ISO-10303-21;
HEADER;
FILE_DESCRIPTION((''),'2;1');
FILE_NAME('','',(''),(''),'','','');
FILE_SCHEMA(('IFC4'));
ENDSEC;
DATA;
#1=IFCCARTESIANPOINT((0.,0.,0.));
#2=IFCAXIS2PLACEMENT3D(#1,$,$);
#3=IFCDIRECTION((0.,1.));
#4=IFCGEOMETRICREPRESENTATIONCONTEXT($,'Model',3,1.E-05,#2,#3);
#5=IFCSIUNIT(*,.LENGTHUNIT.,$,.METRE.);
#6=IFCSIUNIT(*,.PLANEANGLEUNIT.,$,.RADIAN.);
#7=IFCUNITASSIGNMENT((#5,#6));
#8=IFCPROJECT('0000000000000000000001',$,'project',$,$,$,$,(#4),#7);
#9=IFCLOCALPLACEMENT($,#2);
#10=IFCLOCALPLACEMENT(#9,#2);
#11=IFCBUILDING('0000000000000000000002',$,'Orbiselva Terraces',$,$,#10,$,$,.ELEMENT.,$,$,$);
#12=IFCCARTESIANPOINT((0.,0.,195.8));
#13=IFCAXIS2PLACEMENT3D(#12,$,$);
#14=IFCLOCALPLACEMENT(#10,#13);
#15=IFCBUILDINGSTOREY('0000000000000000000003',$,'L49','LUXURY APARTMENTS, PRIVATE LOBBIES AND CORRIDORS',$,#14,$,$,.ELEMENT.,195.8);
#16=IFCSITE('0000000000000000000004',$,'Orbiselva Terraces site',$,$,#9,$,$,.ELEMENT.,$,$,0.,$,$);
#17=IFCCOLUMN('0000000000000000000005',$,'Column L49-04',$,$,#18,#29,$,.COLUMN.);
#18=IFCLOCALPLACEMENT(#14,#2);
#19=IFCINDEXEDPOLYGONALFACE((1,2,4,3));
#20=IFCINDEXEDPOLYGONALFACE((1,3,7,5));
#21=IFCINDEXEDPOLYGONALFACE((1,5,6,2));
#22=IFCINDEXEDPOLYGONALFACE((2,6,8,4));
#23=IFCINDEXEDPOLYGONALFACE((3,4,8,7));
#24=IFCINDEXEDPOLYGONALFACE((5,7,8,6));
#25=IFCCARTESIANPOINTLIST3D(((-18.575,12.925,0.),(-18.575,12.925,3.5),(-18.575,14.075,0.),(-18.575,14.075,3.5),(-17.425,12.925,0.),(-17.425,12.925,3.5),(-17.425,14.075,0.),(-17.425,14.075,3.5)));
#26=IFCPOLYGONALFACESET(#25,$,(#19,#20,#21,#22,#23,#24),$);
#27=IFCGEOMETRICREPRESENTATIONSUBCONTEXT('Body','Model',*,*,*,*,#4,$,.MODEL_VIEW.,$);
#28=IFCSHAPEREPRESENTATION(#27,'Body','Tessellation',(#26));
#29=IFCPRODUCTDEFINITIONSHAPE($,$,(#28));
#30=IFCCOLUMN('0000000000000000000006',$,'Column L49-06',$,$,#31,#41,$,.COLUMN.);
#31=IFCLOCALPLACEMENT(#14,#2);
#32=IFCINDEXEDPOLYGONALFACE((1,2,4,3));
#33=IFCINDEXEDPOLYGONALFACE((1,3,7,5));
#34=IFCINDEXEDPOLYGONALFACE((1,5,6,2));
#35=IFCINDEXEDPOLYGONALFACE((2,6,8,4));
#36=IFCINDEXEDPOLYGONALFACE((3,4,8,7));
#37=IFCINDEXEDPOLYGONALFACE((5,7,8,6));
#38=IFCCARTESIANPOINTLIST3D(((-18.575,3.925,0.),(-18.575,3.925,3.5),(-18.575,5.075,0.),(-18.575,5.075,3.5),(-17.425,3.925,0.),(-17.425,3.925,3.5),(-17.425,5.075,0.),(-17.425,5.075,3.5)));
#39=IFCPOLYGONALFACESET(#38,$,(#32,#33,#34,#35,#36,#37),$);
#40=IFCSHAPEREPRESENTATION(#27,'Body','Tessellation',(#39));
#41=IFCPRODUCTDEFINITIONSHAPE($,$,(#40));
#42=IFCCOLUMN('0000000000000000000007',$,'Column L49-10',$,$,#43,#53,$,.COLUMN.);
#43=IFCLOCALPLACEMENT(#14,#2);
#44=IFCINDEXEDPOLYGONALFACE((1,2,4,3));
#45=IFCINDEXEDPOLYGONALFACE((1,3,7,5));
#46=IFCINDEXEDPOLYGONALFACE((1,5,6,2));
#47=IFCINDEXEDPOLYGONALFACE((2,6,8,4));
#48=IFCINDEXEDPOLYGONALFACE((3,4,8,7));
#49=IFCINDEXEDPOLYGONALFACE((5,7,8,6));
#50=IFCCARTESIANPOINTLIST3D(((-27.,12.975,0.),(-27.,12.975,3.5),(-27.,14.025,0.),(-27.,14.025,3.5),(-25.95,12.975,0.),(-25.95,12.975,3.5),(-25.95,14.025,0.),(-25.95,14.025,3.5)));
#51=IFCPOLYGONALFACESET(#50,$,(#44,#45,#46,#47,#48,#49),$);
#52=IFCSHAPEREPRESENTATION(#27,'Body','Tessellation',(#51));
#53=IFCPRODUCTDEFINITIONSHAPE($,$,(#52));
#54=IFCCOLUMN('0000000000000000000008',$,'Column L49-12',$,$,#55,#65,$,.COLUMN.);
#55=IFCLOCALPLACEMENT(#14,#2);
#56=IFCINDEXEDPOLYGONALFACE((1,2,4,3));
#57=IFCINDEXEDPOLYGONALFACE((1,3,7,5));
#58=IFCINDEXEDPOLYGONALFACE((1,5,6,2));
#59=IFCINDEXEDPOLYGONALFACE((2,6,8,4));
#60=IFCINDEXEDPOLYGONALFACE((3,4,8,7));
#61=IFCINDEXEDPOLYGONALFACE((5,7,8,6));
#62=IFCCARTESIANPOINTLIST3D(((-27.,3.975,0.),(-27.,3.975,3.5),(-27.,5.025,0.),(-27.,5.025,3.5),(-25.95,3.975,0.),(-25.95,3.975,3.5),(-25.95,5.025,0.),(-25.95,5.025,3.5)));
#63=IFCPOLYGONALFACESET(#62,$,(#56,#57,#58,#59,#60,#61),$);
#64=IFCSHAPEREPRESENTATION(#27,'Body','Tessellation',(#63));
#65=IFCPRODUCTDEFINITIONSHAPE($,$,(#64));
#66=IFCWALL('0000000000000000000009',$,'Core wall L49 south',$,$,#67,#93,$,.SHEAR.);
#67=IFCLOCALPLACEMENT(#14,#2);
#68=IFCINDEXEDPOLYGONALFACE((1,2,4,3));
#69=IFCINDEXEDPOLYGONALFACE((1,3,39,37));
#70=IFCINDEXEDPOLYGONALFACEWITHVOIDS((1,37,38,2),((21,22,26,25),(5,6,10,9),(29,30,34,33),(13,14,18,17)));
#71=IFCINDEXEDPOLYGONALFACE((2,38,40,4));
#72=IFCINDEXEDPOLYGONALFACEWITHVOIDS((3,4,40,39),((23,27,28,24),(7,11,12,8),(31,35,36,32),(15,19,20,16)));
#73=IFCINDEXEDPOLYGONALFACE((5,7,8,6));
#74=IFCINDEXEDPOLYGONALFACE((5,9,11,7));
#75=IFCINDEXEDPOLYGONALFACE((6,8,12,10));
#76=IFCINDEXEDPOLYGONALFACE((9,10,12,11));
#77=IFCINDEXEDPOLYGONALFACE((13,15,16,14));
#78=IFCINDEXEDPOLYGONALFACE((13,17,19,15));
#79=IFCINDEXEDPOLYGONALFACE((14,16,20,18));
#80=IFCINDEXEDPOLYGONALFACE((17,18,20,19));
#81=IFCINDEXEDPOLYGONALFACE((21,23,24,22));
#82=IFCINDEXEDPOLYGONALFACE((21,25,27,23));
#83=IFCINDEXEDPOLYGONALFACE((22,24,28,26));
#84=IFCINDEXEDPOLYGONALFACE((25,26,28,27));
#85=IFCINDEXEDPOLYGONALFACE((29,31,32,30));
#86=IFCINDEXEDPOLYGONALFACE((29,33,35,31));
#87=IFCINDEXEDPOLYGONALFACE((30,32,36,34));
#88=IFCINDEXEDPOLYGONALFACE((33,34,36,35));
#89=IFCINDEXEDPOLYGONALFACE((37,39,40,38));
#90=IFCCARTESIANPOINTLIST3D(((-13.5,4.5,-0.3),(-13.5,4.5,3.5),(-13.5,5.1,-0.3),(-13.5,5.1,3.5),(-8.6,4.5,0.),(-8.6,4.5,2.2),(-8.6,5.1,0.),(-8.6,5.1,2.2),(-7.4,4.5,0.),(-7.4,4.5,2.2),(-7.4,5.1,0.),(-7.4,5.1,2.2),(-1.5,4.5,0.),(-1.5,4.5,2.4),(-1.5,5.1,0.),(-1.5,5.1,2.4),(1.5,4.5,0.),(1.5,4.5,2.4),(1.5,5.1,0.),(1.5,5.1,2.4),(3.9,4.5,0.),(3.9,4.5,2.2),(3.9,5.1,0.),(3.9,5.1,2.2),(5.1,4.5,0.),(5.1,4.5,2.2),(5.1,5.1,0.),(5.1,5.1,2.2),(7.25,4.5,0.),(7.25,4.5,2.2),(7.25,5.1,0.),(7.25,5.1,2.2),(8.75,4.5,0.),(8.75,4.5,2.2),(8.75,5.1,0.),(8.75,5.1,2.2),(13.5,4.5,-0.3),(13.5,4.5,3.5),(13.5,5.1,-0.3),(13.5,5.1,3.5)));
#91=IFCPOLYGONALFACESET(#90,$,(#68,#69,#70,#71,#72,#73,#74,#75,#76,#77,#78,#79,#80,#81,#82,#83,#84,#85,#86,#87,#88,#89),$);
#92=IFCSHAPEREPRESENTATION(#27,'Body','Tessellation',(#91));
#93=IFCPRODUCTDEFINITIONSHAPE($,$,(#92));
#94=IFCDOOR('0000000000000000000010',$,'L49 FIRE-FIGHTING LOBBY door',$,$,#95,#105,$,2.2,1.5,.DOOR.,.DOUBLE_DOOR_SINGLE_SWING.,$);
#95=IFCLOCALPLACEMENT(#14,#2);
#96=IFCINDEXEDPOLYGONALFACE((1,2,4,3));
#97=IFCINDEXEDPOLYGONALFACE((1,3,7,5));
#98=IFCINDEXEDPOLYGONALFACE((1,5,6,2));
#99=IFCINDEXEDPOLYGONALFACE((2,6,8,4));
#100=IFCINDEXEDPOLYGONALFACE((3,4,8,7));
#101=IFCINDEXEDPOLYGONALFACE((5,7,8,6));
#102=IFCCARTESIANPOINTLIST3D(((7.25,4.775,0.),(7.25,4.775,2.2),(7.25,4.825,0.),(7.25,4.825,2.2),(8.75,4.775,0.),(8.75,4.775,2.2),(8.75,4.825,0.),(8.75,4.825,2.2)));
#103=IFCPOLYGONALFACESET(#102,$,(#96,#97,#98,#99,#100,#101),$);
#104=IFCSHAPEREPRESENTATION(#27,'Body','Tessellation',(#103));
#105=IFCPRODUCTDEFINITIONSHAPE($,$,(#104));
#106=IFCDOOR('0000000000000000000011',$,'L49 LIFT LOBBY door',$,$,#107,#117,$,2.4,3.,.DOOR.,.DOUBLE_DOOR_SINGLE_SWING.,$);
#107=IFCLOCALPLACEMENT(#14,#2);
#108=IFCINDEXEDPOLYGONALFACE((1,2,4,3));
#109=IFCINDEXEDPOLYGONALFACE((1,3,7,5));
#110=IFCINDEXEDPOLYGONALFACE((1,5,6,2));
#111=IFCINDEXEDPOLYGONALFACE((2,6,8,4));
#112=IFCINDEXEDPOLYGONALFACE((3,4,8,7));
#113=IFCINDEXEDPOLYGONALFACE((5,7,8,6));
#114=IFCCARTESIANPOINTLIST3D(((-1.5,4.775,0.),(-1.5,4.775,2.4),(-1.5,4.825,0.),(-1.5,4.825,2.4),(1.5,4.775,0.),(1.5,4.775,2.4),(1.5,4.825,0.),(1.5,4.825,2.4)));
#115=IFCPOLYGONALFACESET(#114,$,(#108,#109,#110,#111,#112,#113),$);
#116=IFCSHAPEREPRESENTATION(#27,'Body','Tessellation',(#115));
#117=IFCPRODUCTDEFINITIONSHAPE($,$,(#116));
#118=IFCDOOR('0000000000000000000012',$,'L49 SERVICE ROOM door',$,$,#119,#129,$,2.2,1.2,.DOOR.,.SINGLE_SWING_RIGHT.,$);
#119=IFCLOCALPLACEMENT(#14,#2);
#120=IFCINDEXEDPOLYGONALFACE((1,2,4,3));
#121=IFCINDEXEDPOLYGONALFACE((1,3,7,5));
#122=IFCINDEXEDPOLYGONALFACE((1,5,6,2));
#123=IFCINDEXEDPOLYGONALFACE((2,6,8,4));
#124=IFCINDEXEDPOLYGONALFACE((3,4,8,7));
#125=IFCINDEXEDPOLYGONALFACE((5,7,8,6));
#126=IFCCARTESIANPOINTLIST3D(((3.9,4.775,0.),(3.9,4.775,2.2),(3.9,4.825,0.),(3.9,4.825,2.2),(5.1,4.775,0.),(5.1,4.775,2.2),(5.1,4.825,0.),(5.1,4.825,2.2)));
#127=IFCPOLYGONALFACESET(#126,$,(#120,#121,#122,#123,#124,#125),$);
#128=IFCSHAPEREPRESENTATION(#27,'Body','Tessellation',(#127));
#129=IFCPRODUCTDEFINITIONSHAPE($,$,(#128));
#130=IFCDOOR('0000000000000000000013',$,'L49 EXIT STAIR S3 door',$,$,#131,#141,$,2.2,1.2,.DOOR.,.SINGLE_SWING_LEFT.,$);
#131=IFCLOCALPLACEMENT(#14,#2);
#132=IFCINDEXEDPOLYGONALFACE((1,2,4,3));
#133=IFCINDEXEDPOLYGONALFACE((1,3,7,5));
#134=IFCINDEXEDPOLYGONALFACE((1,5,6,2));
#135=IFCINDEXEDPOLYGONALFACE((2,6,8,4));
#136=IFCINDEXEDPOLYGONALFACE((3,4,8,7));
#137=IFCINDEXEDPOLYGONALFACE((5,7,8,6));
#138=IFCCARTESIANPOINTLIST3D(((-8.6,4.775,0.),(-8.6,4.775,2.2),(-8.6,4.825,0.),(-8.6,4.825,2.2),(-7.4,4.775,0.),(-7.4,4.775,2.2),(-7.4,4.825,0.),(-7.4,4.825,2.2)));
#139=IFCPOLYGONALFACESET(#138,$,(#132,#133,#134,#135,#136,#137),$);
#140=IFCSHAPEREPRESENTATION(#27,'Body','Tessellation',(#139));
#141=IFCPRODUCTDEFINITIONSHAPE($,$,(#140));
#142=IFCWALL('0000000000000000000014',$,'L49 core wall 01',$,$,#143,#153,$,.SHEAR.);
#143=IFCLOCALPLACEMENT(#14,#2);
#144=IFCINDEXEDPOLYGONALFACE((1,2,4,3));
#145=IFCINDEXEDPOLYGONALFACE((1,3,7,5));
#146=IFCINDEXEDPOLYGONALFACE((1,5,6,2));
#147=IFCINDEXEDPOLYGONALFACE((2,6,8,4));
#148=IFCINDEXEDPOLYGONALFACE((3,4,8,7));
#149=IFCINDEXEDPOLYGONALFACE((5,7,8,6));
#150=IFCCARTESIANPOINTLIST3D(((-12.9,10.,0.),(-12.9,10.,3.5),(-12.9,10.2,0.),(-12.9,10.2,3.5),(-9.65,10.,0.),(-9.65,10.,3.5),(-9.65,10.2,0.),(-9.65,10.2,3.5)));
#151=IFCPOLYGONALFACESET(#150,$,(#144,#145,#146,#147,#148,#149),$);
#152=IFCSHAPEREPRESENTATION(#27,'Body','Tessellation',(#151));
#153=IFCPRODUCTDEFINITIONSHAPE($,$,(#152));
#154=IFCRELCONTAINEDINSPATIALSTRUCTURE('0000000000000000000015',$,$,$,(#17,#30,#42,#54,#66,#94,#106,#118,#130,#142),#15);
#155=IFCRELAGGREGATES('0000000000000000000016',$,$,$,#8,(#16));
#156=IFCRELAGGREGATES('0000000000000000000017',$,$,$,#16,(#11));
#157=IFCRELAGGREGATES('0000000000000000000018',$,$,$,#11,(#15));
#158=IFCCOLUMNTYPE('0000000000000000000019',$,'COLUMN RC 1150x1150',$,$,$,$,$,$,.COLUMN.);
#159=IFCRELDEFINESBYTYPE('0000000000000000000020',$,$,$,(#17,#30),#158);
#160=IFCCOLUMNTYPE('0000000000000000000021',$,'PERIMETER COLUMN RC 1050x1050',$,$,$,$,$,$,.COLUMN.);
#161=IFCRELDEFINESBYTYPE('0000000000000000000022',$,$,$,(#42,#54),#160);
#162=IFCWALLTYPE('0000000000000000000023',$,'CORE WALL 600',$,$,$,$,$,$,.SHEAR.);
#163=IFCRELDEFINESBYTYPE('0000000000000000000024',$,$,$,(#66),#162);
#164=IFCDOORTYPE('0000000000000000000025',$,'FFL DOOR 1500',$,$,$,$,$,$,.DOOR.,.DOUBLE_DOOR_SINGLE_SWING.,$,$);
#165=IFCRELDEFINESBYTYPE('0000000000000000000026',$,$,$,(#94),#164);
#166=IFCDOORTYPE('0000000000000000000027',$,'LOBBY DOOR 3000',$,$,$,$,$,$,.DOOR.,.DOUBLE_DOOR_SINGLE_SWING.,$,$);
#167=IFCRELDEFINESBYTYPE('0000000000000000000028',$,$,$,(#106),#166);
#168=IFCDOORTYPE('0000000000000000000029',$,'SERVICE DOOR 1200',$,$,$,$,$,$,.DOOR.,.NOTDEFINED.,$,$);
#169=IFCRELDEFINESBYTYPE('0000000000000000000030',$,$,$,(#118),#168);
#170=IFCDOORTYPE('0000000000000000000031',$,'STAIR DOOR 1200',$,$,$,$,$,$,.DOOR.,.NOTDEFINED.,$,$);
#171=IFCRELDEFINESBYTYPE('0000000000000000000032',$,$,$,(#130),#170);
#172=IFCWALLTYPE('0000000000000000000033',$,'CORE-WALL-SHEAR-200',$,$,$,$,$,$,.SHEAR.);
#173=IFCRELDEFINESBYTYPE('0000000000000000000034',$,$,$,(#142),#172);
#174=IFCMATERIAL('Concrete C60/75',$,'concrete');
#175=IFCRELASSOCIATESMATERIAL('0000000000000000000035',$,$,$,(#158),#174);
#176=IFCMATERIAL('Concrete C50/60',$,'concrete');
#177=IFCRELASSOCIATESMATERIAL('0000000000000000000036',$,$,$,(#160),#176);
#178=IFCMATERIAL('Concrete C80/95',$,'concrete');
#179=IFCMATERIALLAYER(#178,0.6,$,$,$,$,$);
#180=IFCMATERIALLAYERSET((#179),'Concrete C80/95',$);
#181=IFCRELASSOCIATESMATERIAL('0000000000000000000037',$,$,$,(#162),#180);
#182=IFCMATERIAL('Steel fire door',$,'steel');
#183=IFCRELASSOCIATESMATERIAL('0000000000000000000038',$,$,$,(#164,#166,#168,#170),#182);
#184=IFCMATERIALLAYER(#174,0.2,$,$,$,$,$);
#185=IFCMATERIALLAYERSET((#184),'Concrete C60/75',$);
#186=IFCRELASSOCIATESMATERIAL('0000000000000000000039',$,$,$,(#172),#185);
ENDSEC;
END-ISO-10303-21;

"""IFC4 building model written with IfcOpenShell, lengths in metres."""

from ifc_helpers import new_model, si_unit, direction, frame, frame_2d, origin, origin_2d, place, context, subcontext, project, spatial, rectangle, extrude, material, layer, layer_set, material_profile, profile_set, type_object, element, fill, save


model = new_model("IFC4")

# Units and contexts
model_context = context("Model", 3, precision=1e-05, world=origin(), true_north=direction((0.0, 1.0)))
body_context = subcontext(model_context, "Body", "Model", "MODEL_VIEW")
ifc_project = project(units=[si_unit("LENGTHUNIT", "METRE"), si_unit("PLANEANGLEUNIT", "RADIAN")], contexts=[model_context])

# Site, building, storey
site_placement = place(None, origin())
site = spatial("IfcSite", under=ifc_project, at=site_placement, Name="Orbiselva Terraces site", CompositionType="ELEMENT", RefElevation=0.0)
building_placement = place(site_placement, origin())
building = spatial("IfcBuilding", under=site, at=building_placement, Name="Orbiselva Terraces", CompositionType="ELEMENT")
storey_placement = place(building_placement, frame((0.0, 0.0, 195.8)))
storey = spatial("IfcBuildingStorey", under=building, at=storey_placement, Name="L49", Description="LUXURY APARTMENTS, PRIVATE LOBBIES AND CORRIDORS", CompositionType="ELEMENT", Elevation=195.8)

# Columns
ifc_material_1 = material(Name="Concrete C60/75", Category="concrete")
ifc_material_profile_1 = material_profile(ifc_material_1, rectangle(XDim=1.15, YDim=1.15, at=origin_2d()), Name="RC 1150x1150")
ifc_profile_set_1 = profile_set([ifc_material_profile_1], Name="Concrete C60/75")
column_type_1 = type_object("IfcColumnType", Name="COLUMN RC 1150x1150", PredefinedType="COLUMN", material=ifc_profile_set_1)
for number, where, z_axis, x_axis, name in (
    (1, (-18.0, 13.5, 0.0), (0.0, 0.0, 1.0), (1.0, 0.0, 0.0), "Column L49-04"),
    (2, (-18.0, 4.5, 0.0), (0.0, 0.0, 1.0), (1.0, 0.0, 0.0), "Column L49-06"),
):
    element("IfcColumn", number, at=place(storey_placement, frame(where, z_axis=z_axis, x_axis=x_axis)), inside=storey, type_object=column_type_1, Name=name, PredefinedType="COLUMN", context=body_context, shape_type="SweptSolid", body=[
        extrude(rectangle(XDim=1.15, YDim=1.15, at=origin_2d()), origin(), (0.0, 0.0, 1.0), 3.5),
    ])
ifc_material_2 = material(Name="Concrete C50/60", Category="concrete")
ifc_material_profile_2 = material_profile(ifc_material_2, rectangle(XDim=1.05, YDim=1.05, at=origin_2d()), Name="RC 1050x1050")
ifc_profile_set_2 = profile_set([ifc_material_profile_2], Name="Concrete C50/60")
column_type_2 = type_object("IfcColumnType", Name="PERIMETER COLUMN RC 1050x1050", PredefinedType="COLUMN", material=ifc_profile_set_2)
for number, where, z_axis, x_axis, name in (
    (3, (-26.475, 13.5, 0.0), (0.0, 0.0, 1.0), (1.0, 0.0, 0.0), "Column L49-10"),
    (4, (-26.475, 4.5, 0.0), (0.0, 0.0, 1.0), (1.0, 0.0, 0.0), "Column L49-12"),
):
    element("IfcColumn", number, at=place(storey_placement, frame(where, z_axis=z_axis, x_axis=x_axis)), inside=storey, type_object=column_type_2, Name=name, PredefinedType="COLUMN", context=body_context, shape_type="SweptSolid", body=[
        extrude(rectangle(XDim=1.05, YDim=1.05, at=origin_2d()), origin(), (0.0, 0.0, 1.0), 3.5),
    ])

# Wall, openings, doors
ifc_material_3 = material(Name="Concrete C80/95", Category="concrete")
ifc_layer_1 = layer(ifc_material_3, 0.6)
ifc_layer_set_1 = layer_set([ifc_layer_1], Name="Concrete C80/95")
wall_type_1 = type_object("IfcWallType", Name="CORE WALL 600", PredefinedType="SHEAR", material=ifc_layer_set_1)
wall_1_placement = place(storey_placement, frame((-13.5, 4.8, -0.3), z_axis=(0.0, 0.0, 1.0), x_axis=(1.0, 0.0, 0.0)))
wall_1 = element("IfcWall", 5, at=wall_1_placement, inside=storey, type_object=wall_type_1, Name="Core wall L49 south", PredefinedType="SHEAR", context=body_context, shape_type="SweptSolid", body=[
    extrude(rectangle(XDim=27.0, YDim=0.6, at=frame_2d((13.5, 0.0))), origin(), (0.0, 0.0, 1.0), 3.8),
])
opening_1_placement = place(wall_1_placement, frame((12.0, 0.0, 0.3)))
opening_1 = element("IfcOpeningElement", 6, at=opening_1_placement, cuts=wall_1, PredefinedType="OPENING", context=body_context, shape_type="SweptSolid", body=[
    extrude(rectangle(XDim=3.0, YDim=2.4, at=frame_2d((1.5, 1.2))), frame((0.0, 0.31, 0.0), z_axis=(0.0, -1.0, 0.0), x_axis=(1.0, 0.0, 0.0)), (0.0, 0.0, 1.0), 0.62),
])
opening_2_placement = place(wall_1_placement, frame((4.9, 0.0, 0.3)))
opening_2 = element("IfcOpeningElement", 7, at=opening_2_placement, cuts=wall_1, PredefinedType="OPENING", context=body_context, shape_type="SweptSolid", body=[
    extrude(rectangle(XDim=1.2, YDim=2.2, at=frame_2d((0.6, 1.1))), frame((0.0, 0.31, 0.0), z_axis=(0.0, -1.0, 0.0), x_axis=(1.0, 0.0, 0.0)), (0.0, 0.0, 1.0), 0.62),
])
opening_3_placement = place(wall_1_placement, frame((20.75, 0.0, 0.3)))
opening_3 = element("IfcOpeningElement", 8, at=opening_3_placement, cuts=wall_1, PredefinedType="OPENING", context=body_context, shape_type="SweptSolid", body=[
    extrude(rectangle(XDim=1.5, YDim=2.2, at=frame_2d((0.75, 1.1))), frame((0.0, 0.31, 0.0), z_axis=(0.0, -1.0, 0.0), x_axis=(1.0, 0.0, 0.0)), (0.0, 0.0, 1.0), 0.62),
])
opening_4_placement = place(wall_1_placement, frame((17.4, 0.0, 0.3)))
opening_4 = element("IfcOpeningElement", 9, at=opening_4_placement, cuts=wall_1, PredefinedType="OPENING", context=body_context, shape_type="SweptSolid", body=[
    extrude(rectangle(XDim=1.2, YDim=2.2, at=frame_2d((0.6, 1.1))), frame((0.0, 0.31, 0.0), z_axis=(0.0, -1.0, 0.0), x_axis=(1.0, 0.0, 0.0)), (0.0, 0.0, 1.0), 0.62),
])
ifc_material_4 = material(Name="Steel fire door", Category="steel")
door_type_1 = type_object("IfcDoorType", Name="FFL DOOR 1500", OperationType="DOUBLE_DOOR_SINGLE_SWING", PredefinedType="DOOR", material=ifc_material_4)
door_1_placement = place(opening_3_placement, frame((1.5, 0.0, 0.0), z_axis=(0.0, 0.0, 1.0), x_axis=(-1.0, 0.0, 0.0)))
door_1 = element("IfcDoor", 10, at=door_1_placement, inside=storey, type_object=door_type_1, Name="L49 FIRE-FIGHTING LOBBY door", OperationType="DOUBLE_DOOR_SINGLE_SWING", OverallHeight=2.2, OverallWidth=1.5, PredefinedType="DOOR", context=body_context, shape_type="SweptSolid", body=[
    extrude(rectangle(XDim=1.5, YDim=2.2, at=frame_2d((0.75, 1.1))), frame((0.0, 0.025, 0.0), z_axis=(0.0, -1.0, 0.0), x_axis=(1.0, 0.0, 0.0)), (0.0, 0.0, 1.0), 0.05),
])
fill(opening_3, door_1)
door_type_2 = type_object("IfcDoorType", Name="LOBBY DOOR 3000", OperationType="DOUBLE_DOOR_SINGLE_SWING", PredefinedType="DOOR", material=ifc_material_4)
door_2_placement = place(opening_1_placement, frame((3.0, 0.0, 0.0), z_axis=(0.0, 0.0, 1.0), x_axis=(-1.0, 0.0, 0.0)))
door_2 = element("IfcDoor", 11, at=door_2_placement, inside=storey, type_object=door_type_2, Name="L49 LIFT LOBBY door", OperationType="DOUBLE_DOOR_SINGLE_SWING", OverallHeight=2.4, OverallWidth=3.0, PredefinedType="DOOR", context=body_context, shape_type="SweptSolid", body=[
    extrude(rectangle(XDim=3.0, YDim=2.4, at=frame_2d((1.5, 1.2))), frame((0.0, 0.025, 0.0), z_axis=(0.0, -1.0, 0.0), x_axis=(1.0, 0.0, 0.0)), (0.0, 0.0, 1.0), 0.05),
])
fill(opening_1, door_2)
door_type_3 = type_object("IfcDoorType", Name="SERVICE DOOR 1200", OperationType="NOTDEFINED", PredefinedType="DOOR", material=ifc_material_4)
door_3_placement = place(opening_4_placement, frame((1.2, 0.0, 0.0), z_axis=(0.0, 0.0, 1.0), x_axis=(-1.0, 0.0, 0.0)))
door_3 = element("IfcDoor", 12, at=door_3_placement, inside=storey, type_object=door_type_3, Name="L49 SERVICE ROOM door", OperationType="SINGLE_SWING_RIGHT", OverallHeight=2.2, OverallWidth=1.2, PredefinedType="DOOR", context=body_context, shape_type="SweptSolid", body=[
    extrude(rectangle(XDim=1.2, YDim=2.2, at=frame_2d((0.6, 1.1))), frame((0.0, 0.025, 0.0), z_axis=(0.0, -1.0, 0.0), x_axis=(1.0, 0.0, 0.0)), (0.0, 0.0, 1.0), 0.05),
])
fill(opening_4, door_3)
door_type_4 = type_object("IfcDoorType", Name="STAIR DOOR 1200", OperationType="NOTDEFINED", PredefinedType="DOOR", material=ifc_material_4)
door_4_placement = place(opening_2_placement, frame((1.2, 0.0, 0.0), z_axis=(0.0, 0.0, 1.0), x_axis=(-1.0, 0.0, 0.0)))
door_4 = element("IfcDoor", 13, at=door_4_placement, inside=storey, type_object=door_type_4, Name="L49 EXIT STAIR S3 door", OperationType="SINGLE_SWING_LEFT", OverallHeight=2.2, OverallWidth=1.2, PredefinedType="DOOR", context=body_context, shape_type="SweptSolid", body=[
    extrude(rectangle(XDim=1.2, YDim=2.2, at=frame_2d((0.6, 1.1))), frame((0.0, 0.025, 0.0), z_axis=(0.0, -1.0, 0.0), x_axis=(1.0, 0.0, 0.0)), (0.0, 0.0, 1.0), 0.05),
])
fill(opening_2, door_4)

# Wall
ifc_layer_2 = layer(ifc_material_1, 0.2)
ifc_layer_set_2 = layer_set([ifc_layer_2], Name="Concrete C60/75")
wall_type_2 = type_object("IfcWallType", Name="CORE-WALL-SHEAR-200", PredefinedType="SHEAR", material=ifc_layer_set_2)
wall_2_placement = place(storey_placement, frame((-12.9, 10.1, 0.0), z_axis=(0.0, 0.0, 1.0), x_axis=(1.0, 0.0, 0.0)))
element("IfcWall", 14, at=wall_2_placement, inside=storey, type_object=wall_type_2, Name="L49 core wall 01", PredefinedType="SHEAR", context=body_context, shape_type="SweptSolid", body=[
    extrude(rectangle(XDim=3.25, YDim=0.2, at=frame_2d((1.625, 0.0))), origin(), (0.0, 0.0, 1.0), 3.5),
])

save(model, "model.ifc")
